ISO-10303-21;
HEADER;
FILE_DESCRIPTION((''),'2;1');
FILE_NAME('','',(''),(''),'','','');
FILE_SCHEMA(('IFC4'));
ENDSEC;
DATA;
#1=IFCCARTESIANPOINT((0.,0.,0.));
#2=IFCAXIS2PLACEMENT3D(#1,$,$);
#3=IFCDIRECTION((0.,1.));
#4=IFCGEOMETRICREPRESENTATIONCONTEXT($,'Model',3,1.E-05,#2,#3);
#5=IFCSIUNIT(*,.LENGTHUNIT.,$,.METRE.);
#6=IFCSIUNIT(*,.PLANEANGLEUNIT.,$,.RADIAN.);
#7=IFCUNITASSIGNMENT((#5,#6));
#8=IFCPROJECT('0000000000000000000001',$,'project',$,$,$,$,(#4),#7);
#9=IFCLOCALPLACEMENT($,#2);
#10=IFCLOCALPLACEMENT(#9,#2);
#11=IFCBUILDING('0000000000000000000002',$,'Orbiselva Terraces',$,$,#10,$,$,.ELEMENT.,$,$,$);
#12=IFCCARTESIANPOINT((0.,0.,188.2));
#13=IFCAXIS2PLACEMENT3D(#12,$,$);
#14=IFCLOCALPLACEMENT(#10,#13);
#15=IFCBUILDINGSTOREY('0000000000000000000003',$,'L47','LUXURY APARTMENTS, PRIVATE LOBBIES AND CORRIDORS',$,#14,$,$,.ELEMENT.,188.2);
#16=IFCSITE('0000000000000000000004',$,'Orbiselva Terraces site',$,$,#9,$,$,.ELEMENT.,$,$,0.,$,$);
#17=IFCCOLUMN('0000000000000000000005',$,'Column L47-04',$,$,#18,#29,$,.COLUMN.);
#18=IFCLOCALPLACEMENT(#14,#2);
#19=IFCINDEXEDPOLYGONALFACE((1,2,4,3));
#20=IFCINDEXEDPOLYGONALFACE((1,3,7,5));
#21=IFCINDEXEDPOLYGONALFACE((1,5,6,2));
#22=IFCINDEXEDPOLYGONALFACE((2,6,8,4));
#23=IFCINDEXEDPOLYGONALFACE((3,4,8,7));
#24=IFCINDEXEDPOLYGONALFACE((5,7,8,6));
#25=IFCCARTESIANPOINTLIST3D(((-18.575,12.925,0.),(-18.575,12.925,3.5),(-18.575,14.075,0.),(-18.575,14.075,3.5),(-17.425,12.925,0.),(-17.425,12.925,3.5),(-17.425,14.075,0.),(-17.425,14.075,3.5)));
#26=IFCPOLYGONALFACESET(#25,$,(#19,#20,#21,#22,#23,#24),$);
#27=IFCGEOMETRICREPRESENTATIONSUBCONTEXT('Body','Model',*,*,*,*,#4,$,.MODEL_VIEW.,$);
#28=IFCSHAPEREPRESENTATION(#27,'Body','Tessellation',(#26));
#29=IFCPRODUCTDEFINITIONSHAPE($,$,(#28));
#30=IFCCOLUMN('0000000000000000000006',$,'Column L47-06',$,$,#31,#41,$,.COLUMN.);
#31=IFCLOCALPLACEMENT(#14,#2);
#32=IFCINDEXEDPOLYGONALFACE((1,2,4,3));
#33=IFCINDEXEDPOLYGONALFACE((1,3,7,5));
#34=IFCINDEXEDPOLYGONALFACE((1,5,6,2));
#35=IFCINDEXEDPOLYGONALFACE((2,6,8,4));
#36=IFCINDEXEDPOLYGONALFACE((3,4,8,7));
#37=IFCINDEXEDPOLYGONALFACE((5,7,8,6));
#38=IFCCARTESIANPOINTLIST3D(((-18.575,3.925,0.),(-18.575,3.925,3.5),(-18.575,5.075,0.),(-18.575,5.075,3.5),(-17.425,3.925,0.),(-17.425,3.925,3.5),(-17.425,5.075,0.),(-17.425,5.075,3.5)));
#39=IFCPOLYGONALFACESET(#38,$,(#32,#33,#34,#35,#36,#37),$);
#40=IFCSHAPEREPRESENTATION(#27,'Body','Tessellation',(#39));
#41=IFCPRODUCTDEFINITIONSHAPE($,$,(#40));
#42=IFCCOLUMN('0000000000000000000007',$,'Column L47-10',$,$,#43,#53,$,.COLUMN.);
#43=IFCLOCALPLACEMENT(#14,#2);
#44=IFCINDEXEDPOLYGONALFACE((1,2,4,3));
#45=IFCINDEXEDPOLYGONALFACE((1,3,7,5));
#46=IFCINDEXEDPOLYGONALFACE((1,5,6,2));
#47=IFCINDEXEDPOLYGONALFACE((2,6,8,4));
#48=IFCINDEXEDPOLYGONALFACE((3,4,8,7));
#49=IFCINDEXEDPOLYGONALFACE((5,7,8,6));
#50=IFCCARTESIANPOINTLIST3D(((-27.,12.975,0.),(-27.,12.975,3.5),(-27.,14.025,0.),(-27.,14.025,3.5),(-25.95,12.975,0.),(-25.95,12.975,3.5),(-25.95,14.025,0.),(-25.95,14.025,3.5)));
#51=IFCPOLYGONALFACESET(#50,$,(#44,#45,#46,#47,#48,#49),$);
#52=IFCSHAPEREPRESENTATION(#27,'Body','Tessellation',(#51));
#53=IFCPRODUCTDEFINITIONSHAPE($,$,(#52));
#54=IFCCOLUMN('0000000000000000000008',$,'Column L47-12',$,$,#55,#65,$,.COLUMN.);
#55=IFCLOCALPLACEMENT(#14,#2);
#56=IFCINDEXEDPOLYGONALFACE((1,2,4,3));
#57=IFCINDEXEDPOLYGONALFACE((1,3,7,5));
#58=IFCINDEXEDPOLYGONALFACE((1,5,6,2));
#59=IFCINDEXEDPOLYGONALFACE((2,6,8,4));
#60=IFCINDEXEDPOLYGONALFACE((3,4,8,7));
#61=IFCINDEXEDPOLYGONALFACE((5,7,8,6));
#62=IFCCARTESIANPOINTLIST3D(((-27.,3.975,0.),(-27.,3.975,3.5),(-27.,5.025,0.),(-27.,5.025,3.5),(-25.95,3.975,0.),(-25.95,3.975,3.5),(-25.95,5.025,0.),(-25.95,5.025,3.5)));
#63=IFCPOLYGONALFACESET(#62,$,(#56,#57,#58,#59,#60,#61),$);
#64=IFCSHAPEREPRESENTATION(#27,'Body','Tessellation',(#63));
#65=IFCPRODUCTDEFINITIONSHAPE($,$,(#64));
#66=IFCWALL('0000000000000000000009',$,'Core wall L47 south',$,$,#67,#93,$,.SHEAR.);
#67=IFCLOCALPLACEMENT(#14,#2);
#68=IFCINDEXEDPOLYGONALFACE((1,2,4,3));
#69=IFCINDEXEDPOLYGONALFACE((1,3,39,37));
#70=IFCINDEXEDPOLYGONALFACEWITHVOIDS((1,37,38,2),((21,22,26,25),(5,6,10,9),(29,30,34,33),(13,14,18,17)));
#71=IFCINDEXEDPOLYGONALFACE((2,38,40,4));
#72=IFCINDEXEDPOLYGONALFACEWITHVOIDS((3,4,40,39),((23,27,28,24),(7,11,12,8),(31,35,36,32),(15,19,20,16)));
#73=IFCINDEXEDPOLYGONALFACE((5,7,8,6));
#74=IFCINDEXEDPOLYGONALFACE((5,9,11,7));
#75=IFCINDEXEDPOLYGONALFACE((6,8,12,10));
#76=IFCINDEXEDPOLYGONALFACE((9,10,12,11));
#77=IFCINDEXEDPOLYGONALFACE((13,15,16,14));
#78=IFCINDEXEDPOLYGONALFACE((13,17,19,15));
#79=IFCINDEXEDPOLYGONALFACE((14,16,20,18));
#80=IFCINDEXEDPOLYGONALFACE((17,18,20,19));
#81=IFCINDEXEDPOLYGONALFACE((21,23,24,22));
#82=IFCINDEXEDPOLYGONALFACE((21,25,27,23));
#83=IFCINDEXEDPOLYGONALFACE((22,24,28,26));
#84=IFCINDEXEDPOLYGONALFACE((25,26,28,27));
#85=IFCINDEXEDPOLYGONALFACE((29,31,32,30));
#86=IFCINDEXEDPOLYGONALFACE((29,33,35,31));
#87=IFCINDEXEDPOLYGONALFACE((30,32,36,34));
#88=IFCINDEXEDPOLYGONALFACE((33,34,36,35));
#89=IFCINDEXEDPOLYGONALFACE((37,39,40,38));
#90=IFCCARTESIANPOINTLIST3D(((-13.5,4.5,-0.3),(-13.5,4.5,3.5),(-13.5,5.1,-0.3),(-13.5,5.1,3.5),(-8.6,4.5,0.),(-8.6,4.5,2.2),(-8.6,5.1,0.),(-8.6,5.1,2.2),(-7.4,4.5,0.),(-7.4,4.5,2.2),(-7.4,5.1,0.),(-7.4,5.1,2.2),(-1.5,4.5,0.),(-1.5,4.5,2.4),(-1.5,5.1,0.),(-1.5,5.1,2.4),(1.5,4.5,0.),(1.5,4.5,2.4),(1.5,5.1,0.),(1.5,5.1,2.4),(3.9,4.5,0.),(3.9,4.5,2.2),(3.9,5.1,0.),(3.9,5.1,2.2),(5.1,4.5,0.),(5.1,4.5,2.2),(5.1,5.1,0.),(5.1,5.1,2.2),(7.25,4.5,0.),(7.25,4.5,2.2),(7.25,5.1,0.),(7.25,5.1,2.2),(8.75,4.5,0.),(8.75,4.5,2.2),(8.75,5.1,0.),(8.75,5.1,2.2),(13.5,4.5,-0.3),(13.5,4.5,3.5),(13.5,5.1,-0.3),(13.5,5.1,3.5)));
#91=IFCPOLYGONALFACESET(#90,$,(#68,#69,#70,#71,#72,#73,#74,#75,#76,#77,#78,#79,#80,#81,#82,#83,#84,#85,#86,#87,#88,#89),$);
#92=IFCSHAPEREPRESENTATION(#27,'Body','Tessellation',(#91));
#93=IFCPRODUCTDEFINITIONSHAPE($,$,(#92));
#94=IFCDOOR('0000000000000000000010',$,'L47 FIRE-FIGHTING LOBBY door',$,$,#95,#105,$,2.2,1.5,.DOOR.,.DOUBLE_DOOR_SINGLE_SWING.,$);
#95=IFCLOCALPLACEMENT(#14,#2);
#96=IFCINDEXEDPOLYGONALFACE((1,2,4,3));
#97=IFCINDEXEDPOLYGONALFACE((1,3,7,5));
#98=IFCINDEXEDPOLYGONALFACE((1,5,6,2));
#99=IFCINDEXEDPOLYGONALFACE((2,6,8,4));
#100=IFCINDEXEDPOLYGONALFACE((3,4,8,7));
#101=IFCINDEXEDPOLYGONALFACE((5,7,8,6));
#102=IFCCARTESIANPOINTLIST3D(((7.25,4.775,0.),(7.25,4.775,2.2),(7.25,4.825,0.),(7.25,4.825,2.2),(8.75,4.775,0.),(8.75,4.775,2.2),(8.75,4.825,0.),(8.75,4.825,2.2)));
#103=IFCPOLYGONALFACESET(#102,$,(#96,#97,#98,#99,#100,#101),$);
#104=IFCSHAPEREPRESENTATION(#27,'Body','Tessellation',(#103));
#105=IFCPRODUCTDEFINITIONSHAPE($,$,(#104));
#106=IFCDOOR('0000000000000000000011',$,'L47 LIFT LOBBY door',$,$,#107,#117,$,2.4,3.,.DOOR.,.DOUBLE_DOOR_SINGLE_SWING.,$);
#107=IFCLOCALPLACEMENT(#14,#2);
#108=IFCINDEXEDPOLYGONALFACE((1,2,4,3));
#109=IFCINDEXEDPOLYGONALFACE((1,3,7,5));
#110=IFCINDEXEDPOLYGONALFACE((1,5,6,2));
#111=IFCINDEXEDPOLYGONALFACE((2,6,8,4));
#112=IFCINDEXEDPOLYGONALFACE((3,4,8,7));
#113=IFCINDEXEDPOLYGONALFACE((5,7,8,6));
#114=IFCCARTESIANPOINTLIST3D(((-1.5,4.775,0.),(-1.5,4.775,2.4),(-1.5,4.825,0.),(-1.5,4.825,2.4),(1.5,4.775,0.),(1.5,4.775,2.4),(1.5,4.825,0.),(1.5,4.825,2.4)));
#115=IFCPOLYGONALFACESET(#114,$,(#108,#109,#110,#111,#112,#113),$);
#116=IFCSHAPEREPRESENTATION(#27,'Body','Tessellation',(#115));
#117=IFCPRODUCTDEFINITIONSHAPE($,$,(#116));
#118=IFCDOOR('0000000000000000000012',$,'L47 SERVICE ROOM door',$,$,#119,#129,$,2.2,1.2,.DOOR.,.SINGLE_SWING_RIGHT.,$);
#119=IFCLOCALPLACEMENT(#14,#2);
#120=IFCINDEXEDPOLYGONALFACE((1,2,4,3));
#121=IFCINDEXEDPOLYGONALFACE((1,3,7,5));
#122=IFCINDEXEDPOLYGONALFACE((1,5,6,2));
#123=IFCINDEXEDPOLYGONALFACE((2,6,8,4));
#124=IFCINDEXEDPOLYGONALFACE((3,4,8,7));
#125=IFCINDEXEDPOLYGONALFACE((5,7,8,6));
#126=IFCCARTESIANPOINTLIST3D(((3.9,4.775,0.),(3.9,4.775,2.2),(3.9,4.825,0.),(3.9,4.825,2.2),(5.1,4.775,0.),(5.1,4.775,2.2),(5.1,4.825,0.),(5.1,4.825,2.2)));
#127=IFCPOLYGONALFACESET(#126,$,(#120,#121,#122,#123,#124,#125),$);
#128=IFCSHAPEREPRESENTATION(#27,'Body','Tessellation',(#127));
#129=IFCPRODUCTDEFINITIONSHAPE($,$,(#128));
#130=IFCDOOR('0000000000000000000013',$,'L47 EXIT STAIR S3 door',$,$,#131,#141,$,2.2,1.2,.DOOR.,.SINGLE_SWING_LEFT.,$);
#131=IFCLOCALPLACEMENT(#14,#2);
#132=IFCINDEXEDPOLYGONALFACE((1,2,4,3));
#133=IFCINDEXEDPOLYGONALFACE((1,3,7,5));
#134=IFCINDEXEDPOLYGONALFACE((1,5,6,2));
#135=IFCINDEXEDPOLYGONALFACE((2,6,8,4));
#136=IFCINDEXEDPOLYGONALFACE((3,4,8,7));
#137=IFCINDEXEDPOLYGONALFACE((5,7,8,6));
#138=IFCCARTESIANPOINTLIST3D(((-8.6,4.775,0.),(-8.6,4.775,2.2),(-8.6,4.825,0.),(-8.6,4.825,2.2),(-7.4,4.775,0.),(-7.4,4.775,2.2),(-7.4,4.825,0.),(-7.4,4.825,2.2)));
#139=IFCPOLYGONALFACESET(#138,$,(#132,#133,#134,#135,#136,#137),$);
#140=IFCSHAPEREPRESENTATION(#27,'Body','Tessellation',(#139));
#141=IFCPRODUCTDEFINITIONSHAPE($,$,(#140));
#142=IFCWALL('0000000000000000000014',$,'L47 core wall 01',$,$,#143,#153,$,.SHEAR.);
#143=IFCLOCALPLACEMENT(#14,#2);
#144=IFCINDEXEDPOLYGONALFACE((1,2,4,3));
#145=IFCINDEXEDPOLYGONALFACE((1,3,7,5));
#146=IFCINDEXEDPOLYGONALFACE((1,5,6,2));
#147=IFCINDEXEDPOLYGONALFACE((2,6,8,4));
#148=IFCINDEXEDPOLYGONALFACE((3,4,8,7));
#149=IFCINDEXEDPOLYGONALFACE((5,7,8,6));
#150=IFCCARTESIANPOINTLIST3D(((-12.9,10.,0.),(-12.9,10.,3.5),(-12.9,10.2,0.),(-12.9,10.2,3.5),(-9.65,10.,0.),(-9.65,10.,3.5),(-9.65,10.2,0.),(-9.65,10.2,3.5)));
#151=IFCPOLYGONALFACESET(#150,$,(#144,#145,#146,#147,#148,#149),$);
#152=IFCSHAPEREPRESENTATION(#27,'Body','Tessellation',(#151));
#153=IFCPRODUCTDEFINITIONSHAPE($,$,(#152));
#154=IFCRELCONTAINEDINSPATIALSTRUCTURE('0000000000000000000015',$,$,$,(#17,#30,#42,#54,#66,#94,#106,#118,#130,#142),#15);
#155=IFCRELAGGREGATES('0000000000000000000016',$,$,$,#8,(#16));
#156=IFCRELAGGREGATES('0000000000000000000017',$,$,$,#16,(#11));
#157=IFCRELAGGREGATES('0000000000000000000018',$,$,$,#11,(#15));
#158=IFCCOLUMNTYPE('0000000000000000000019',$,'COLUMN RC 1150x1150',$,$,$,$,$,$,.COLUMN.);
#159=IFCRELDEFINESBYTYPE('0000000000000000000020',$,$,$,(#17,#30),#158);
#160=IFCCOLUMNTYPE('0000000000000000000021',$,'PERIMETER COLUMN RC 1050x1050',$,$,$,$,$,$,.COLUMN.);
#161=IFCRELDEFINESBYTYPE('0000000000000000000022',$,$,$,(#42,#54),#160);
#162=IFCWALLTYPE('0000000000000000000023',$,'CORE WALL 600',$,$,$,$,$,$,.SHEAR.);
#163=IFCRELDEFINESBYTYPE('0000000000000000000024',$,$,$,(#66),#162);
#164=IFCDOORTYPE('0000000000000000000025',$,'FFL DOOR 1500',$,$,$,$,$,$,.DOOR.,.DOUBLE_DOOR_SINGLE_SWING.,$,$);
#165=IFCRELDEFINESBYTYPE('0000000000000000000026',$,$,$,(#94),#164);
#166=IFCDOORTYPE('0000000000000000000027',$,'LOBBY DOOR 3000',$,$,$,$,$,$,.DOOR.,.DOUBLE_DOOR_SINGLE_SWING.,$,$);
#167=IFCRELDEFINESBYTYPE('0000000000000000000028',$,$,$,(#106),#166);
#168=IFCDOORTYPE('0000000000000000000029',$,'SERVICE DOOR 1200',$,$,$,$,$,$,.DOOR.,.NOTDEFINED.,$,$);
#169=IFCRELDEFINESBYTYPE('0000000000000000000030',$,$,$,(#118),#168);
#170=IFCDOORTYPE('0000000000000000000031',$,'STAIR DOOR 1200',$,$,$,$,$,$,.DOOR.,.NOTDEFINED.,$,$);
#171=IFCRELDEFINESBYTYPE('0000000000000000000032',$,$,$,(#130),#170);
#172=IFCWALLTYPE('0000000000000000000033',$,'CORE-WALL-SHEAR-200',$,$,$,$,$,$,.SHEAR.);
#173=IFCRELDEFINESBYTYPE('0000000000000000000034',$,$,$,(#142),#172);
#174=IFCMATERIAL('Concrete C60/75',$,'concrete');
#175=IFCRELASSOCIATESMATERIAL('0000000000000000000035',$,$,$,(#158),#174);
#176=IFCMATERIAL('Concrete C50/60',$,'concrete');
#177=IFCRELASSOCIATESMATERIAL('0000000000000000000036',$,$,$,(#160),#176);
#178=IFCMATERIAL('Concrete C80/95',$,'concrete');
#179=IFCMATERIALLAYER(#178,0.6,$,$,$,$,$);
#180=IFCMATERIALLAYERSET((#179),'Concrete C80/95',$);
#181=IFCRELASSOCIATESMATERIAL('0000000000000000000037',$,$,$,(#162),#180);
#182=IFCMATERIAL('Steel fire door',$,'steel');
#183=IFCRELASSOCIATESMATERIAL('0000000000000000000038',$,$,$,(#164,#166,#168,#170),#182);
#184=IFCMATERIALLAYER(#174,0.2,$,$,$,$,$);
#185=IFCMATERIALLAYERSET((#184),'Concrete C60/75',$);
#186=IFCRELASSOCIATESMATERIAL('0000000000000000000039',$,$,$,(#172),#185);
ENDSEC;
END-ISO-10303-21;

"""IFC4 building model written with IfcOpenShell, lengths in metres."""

from ifc_helpers import new_model, si_unit, direction, frame, frame_2d, origin, origin_2d, place, context, subcontext, project, spatial, rectangle, extrude, material, layer, layer_set, material_profile, profile_set, type_object, element, fill, save


model = new_model("IFC4")

# Units and contexts
model_context = context("Model", 3, precision=1e-05, world=origin(), true_north=direction((0.0, 1.0)))
body_context = subcontext(model_context, "Body", "Model", "MODEL_VIEW")
ifc_project = project(units=[si_unit("LENGTHUNIT", "METRE"), si_unit("PLANEANGLEUNIT", "RADIAN")], contexts=[model_context])

# Site, building, storey
site_placement = place(None, origin())
site = spatial("IfcSite", under=ifc_project, at=site_placement, Name="Orbiselva Terraces site", CompositionType="ELEMENT", RefElevation=0.0)
building_placement = place(site_placement, origin())
building = spatial("IfcBuilding", under=site, at=building_placement, Name="Orbiselva Terraces", CompositionType="ELEMENT")
storey_placement = place(building_placement, frame((0.0, 0.0, 188.2)))
storey = spatial("IfcBuildingStorey", under=building, at=storey_placement, Name="L47", Description="LUXURY APARTMENTS, PRIVATE LOBBIES AND CORRIDORS", CompositionType="ELEMENT", Elevation=188.2)

# Columns
ifc_material_1 = material(Name="Concrete C60/75", Category="concrete")
ifc_material_profile_1 = material_profile(ifc_material_1, rectangle(XDim=1.15, YDim=1.15, at=origin_2d()), Name="RC 1150x1150")
ifc_profile_set_1 = profile_set([ifc_material_profile_1], Name="Concrete C60/75")
column_type_1 = type_object("IfcColumnType", Name="COLUMN RC 1150x1150", PredefinedType="COLUMN", material=ifc_profile_set_1)
for number, where, z_axis, x_axis, name in (
    (1, (-18.0, 13.5, 0.0), (0.0, 0.0, 1.0), (1.0, 0.0, 0.0), "Column L47-04"),
    (2, (-18.0, 4.5, 0.0), (0.0, 0.0, 1.0), (1.0, 0.0, 0.0), "Column L47-06"),
):
    element("IfcColumn", number, at=place(storey_placement, frame(where, z_axis=z_axis, x_axis=x_axis)), inside=storey, type_object=column_type_1, Name=name, PredefinedType="COLUMN", context=body_context, shape_type="SweptSolid", body=[
        extrude(rectangle(XDim=1.15, YDim=1.15, at=origin_2d()), origin(), (0.0, 0.0, 1.0), 3.5),
    ])
ifc_material_2 = material(Name="Concrete C50/60", Category="concrete")
ifc_material_profile_2 = material_profile(ifc_material_2, rectangle(XDim=1.05, YDim=1.05, at=origin_2d()), Name="RC 1050x1050")
ifc_profile_set_2 = profile_set([ifc_material_profile_2], Name="Concrete C50/60")
column_type_2 = type_object("IfcColumnType", Name="PERIMETER COLUMN RC 1050x1050", PredefinedType="COLUMN", material=ifc_profile_set_2)
for number, where, z_axis, x_axis, name in (
    (3, (-26.475, 13.5, 0.0), (0.0, 0.0, 1.0), (1.0, 0.0, 0.0), "Column L47-10"),
    (4, (-26.475, 4.5, 0.0), (0.0, 0.0, 1.0), (1.0, 0.0, 0.0), "Column L47-12"),
):
    element("IfcColumn", number, at=place(storey_placement, frame(where, z_axis=z_axis, x_axis=x_axis)), inside=storey, type_object=column_type_2, Name=name, PredefinedType="COLUMN", context=body_context, shape_type="SweptSolid", body=[
        extrude(rectangle(XDim=1.05, YDim=1.05, at=origin_2d()), origin(), (0.0, 0.0, 1.0), 3.5),
    ])

# Wall, openings, doors
ifc_material_3 = material(Name="Concrete C80/95", Category="concrete")
ifc_layer_1 = layer(ifc_material_3, 0.6)
ifc_layer_set_1 = layer_set([ifc_layer_1], Name="Concrete C80/95")
wall_type_1 = type_object("IfcWallType", Name="CORE WALL 600", PredefinedType="SHEAR", material=ifc_layer_set_1)
wall_1_placement = place(storey_placement, frame((-13.5, 4.8, -0.3), z_axis=(0.0, 0.0, 1.0), x_axis=(1.0, 0.0, 0.0)))
wall_1 = element("IfcWall", 5, at=wall_1_placement, inside=storey, type_object=wall_type_1, Name="Core wall L47 south", PredefinedType="SHEAR", context=body_context, shape_type="SweptSolid", body=[
    extrude(rectangle(XDim=27.0, YDim=0.6, at=frame_2d((13.5, 0.0))), origin(), (0.0, 0.0, 1.0), 3.8),
])
opening_1_placement = place(wall_1_placement, frame((12.0, 0.0, 0.3)))
opening_1 = element("IfcOpeningElement", 6, at=opening_1_placement, cuts=wall_1, PredefinedType="OPENING", context=body_context, shape_type="SweptSolid", body=[
    extrude(rectangle(XDim=3.0, YDim=2.4, at=frame_2d((1.5, 1.2))), frame((0.0, 0.31, 0.0), z_axis=(0.0, -1.0, 0.0), x_axis=(1.0, 0.0, 0.0)), (0.0, 0.0, 1.0), 0.62),
])
opening_2_placement = place(wall_1_placement, frame((4.9, 0.0, 0.3)))
opening_2 = element("IfcOpeningElement", 7, at=opening_2_placement, cuts=wall_1, PredefinedType="OPENING", context=body_context, shape_type="SweptSolid", body=[
    extrude(rectangle(XDim=1.2, YDim=2.2, at=frame_2d((0.6, 1.1))), frame((0.0, 0.31, 0.0), z_axis=(0.0, -1.0, 0.0), x_axis=(1.0, 0.0, 0.0)), (0.0, 0.0, 1.0), 0.62),
])
opening_3_placement = place(wall_1_placement, frame((20.75, 0.0, 0.3)))
opening_3 = element("IfcOpeningElement", 8, at=opening_3_placement, cuts=wall_1, PredefinedType="OPENING", context=body_context, shape_type="SweptSolid", body=[
    extrude(rectangle(XDim=1.5, YDim=2.2, at=frame_2d((0.75, 1.1))), frame((0.0, 0.31, 0.0), z_axis=(0.0, -1.0, 0.0), x_axis=(1.0, 0.0, 0.0)), (0.0, 0.0, 1.0), 0.62),
])
opening_4_placement = place(wall_1_placement, frame((17.4, 0.0, 0.3)))
opening_4 = element("IfcOpeningElement", 9, at=opening_4_placement, cuts=wall_1, PredefinedType="OPENING", context=body_context, shape_type="SweptSolid", body=[
    extrude(rectangle(XDim=1.2, YDim=2.2, at=frame_2d((0.6, 1.1))), frame((0.0, 0.31, 0.0), z_axis=(0.0, -1.0, 0.0), x_axis=(1.0, 0.0, 0.0)), (0.0, 0.0, 1.0), 0.62),
])
ifc_material_4 = material(Name="Steel fire door", Category="steel")
door_type_1 = type_object("IfcDoorType", Name="FFL DOOR 1500", OperationType="DOUBLE_DOOR_SINGLE_SWING", PredefinedType="DOOR", material=ifc_material_4)
door_1_placement = place(opening_3_placement, frame((1.5, 0.0, 0.0), z_axis=(0.0, 0.0, 1.0), x_axis=(-1.0, 0.0, 0.0)))
door_1 = element("IfcDoor", 10, at=door_1_placement, inside=storey, type_object=door_type_1, Name="L47 FIRE-FIGHTING LOBBY door", OperationType="DOUBLE_DOOR_SINGLE_SWING", OverallHeight=2.2, OverallWidth=1.5, PredefinedType="DOOR", context=body_context, shape_type="SweptSolid", body=[
    extrude(rectangle(XDim=1.5, YDim=2.2, at=frame_2d((0.75, 1.1))), frame((0.0, 0.025, 0.0), z_axis=(0.0, -1.0, 0.0), x_axis=(1.0, 0.0, 0.0)), (0.0, 0.0, 1.0), 0.05),
])
fill(opening_3, door_1)
door_type_2 = type_object("IfcDoorType", Name="LOBBY DOOR 3000", OperationType="DOUBLE_DOOR_SINGLE_SWING", PredefinedType="DOOR", material=ifc_material_4)
door_2_placement = place(opening_1_placement, frame((3.0, 0.0, 0.0), z_axis=(0.0, 0.0, 1.0), x_axis=(-1.0, 0.0, 0.0)))
door_2 = element("IfcDoor", 11, at=door_2_placement, inside=storey, type_object=door_type_2, Name="L47 LIFT LOBBY door", OperationType="DOUBLE_DOOR_SINGLE_SWING", OverallHeight=2.4, OverallWidth=3.0, PredefinedType="DOOR", context=body_context, shape_type="SweptSolid", body=[
    extrude(rectangle(XDim=3.0, YDim=2.4, at=frame_2d((1.5, 1.2))), frame((0.0, 0.025, 0.0), z_axis=(0.0, -1.0, 0.0), x_axis=(1.0, 0.0, 0.0)), (0.0, 0.0, 1.0), 0.05),
])
fill(opening_1, door_2)
door_type_3 = type_object("IfcDoorType", Name="SERVICE DOOR 1200", OperationType="NOTDEFINED", PredefinedType="DOOR", material=ifc_material_4)
door_3_placement = place(opening_4_placement, frame((1.2, 0.0, 0.0), z_axis=(0.0, 0.0, 1.0), x_axis=(-1.0, 0.0, 0.0)))
door_3 = element("IfcDoor", 12, at=door_3_placement, inside=storey, type_object=door_type_3, Name="L47 SERVICE ROOM door", OperationType="SINGLE_SWING_RIGHT", OverallHeight=2.2, OverallWidth=1.2, PredefinedType="DOOR", context=body_context, shape_type="SweptSolid", body=[
    extrude(rectangle(XDim=1.2, YDim=2.2, at=frame_2d((0.6, 1.1))), frame((0.0, 0.025, 0.0), z_axis=(0.0, -1.0, 0.0), x_axis=(1.0, 0.0, 0.0)), (0.0, 0.0, 1.0), 0.05),
])
fill(opening_4, door_3)
door_type_4 = type_object("IfcDoorType", Name="STAIR DOOR 1200", OperationType="NOTDEFINED", PredefinedType="DOOR", material=ifc_material_4)
door_4_placement = place(opening_2_placement, frame((1.2, 0.0, 0.0), z_axis=(0.0, 0.0, 1.0), x_axis=(-1.0, 0.0, 0.0)))
door_4 = element("IfcDoor", 13, at=door_4_placement, inside=storey, type_object=door_type_4, Name="L47 EXIT STAIR S3 door", OperationType="SINGLE_SWING_LEFT", OverallHeight=2.2, OverallWidth=1.2, PredefinedType="DOOR", context=body_context, shape_type="SweptSolid", body=[
    extrude(rectangle(XDim=1.2, YDim=2.2, at=frame_2d((0.6, 1.1))), frame((0.0, 0.025, 0.0), z_axis=(0.0, -1.0, 0.0), x_axis=(1.0, 0.0, 0.0)), (0.0, 0.0, 1.0), 0.05),
])
fill(opening_2, door_4)

# Wall
ifc_layer_2 = layer(ifc_material_1, 0.2)
ifc_layer_set_2 = layer_set([ifc_layer_2], Name="Concrete C60/75")
wall_type_2 = type_object("IfcWallType", Name="CORE-WALL-SHEAR-200", PredefinedType="SHEAR", material=ifc_layer_set_2)
wall_2_placement = place(storey_placement, frame((-12.9, 10.1, 0.0), z_axis=(0.0, 0.0, 1.0), x_axis=(1.0, 0.0, 0.0)))
element("IfcWall", 14, at=wall_2_placement, inside=storey, type_object=wall_type_2, Name="L47 core wall 01", PredefinedType="SHEAR", context=body_context, shape_type="SweptSolid", body=[
    extrude(rectangle(XDim=3.25, YDim=0.2, at=frame_2d((1.625, 0.0))), origin(), (0.0, 0.0, 1.0), 3.5),
])

save(model, "model.ifc")
